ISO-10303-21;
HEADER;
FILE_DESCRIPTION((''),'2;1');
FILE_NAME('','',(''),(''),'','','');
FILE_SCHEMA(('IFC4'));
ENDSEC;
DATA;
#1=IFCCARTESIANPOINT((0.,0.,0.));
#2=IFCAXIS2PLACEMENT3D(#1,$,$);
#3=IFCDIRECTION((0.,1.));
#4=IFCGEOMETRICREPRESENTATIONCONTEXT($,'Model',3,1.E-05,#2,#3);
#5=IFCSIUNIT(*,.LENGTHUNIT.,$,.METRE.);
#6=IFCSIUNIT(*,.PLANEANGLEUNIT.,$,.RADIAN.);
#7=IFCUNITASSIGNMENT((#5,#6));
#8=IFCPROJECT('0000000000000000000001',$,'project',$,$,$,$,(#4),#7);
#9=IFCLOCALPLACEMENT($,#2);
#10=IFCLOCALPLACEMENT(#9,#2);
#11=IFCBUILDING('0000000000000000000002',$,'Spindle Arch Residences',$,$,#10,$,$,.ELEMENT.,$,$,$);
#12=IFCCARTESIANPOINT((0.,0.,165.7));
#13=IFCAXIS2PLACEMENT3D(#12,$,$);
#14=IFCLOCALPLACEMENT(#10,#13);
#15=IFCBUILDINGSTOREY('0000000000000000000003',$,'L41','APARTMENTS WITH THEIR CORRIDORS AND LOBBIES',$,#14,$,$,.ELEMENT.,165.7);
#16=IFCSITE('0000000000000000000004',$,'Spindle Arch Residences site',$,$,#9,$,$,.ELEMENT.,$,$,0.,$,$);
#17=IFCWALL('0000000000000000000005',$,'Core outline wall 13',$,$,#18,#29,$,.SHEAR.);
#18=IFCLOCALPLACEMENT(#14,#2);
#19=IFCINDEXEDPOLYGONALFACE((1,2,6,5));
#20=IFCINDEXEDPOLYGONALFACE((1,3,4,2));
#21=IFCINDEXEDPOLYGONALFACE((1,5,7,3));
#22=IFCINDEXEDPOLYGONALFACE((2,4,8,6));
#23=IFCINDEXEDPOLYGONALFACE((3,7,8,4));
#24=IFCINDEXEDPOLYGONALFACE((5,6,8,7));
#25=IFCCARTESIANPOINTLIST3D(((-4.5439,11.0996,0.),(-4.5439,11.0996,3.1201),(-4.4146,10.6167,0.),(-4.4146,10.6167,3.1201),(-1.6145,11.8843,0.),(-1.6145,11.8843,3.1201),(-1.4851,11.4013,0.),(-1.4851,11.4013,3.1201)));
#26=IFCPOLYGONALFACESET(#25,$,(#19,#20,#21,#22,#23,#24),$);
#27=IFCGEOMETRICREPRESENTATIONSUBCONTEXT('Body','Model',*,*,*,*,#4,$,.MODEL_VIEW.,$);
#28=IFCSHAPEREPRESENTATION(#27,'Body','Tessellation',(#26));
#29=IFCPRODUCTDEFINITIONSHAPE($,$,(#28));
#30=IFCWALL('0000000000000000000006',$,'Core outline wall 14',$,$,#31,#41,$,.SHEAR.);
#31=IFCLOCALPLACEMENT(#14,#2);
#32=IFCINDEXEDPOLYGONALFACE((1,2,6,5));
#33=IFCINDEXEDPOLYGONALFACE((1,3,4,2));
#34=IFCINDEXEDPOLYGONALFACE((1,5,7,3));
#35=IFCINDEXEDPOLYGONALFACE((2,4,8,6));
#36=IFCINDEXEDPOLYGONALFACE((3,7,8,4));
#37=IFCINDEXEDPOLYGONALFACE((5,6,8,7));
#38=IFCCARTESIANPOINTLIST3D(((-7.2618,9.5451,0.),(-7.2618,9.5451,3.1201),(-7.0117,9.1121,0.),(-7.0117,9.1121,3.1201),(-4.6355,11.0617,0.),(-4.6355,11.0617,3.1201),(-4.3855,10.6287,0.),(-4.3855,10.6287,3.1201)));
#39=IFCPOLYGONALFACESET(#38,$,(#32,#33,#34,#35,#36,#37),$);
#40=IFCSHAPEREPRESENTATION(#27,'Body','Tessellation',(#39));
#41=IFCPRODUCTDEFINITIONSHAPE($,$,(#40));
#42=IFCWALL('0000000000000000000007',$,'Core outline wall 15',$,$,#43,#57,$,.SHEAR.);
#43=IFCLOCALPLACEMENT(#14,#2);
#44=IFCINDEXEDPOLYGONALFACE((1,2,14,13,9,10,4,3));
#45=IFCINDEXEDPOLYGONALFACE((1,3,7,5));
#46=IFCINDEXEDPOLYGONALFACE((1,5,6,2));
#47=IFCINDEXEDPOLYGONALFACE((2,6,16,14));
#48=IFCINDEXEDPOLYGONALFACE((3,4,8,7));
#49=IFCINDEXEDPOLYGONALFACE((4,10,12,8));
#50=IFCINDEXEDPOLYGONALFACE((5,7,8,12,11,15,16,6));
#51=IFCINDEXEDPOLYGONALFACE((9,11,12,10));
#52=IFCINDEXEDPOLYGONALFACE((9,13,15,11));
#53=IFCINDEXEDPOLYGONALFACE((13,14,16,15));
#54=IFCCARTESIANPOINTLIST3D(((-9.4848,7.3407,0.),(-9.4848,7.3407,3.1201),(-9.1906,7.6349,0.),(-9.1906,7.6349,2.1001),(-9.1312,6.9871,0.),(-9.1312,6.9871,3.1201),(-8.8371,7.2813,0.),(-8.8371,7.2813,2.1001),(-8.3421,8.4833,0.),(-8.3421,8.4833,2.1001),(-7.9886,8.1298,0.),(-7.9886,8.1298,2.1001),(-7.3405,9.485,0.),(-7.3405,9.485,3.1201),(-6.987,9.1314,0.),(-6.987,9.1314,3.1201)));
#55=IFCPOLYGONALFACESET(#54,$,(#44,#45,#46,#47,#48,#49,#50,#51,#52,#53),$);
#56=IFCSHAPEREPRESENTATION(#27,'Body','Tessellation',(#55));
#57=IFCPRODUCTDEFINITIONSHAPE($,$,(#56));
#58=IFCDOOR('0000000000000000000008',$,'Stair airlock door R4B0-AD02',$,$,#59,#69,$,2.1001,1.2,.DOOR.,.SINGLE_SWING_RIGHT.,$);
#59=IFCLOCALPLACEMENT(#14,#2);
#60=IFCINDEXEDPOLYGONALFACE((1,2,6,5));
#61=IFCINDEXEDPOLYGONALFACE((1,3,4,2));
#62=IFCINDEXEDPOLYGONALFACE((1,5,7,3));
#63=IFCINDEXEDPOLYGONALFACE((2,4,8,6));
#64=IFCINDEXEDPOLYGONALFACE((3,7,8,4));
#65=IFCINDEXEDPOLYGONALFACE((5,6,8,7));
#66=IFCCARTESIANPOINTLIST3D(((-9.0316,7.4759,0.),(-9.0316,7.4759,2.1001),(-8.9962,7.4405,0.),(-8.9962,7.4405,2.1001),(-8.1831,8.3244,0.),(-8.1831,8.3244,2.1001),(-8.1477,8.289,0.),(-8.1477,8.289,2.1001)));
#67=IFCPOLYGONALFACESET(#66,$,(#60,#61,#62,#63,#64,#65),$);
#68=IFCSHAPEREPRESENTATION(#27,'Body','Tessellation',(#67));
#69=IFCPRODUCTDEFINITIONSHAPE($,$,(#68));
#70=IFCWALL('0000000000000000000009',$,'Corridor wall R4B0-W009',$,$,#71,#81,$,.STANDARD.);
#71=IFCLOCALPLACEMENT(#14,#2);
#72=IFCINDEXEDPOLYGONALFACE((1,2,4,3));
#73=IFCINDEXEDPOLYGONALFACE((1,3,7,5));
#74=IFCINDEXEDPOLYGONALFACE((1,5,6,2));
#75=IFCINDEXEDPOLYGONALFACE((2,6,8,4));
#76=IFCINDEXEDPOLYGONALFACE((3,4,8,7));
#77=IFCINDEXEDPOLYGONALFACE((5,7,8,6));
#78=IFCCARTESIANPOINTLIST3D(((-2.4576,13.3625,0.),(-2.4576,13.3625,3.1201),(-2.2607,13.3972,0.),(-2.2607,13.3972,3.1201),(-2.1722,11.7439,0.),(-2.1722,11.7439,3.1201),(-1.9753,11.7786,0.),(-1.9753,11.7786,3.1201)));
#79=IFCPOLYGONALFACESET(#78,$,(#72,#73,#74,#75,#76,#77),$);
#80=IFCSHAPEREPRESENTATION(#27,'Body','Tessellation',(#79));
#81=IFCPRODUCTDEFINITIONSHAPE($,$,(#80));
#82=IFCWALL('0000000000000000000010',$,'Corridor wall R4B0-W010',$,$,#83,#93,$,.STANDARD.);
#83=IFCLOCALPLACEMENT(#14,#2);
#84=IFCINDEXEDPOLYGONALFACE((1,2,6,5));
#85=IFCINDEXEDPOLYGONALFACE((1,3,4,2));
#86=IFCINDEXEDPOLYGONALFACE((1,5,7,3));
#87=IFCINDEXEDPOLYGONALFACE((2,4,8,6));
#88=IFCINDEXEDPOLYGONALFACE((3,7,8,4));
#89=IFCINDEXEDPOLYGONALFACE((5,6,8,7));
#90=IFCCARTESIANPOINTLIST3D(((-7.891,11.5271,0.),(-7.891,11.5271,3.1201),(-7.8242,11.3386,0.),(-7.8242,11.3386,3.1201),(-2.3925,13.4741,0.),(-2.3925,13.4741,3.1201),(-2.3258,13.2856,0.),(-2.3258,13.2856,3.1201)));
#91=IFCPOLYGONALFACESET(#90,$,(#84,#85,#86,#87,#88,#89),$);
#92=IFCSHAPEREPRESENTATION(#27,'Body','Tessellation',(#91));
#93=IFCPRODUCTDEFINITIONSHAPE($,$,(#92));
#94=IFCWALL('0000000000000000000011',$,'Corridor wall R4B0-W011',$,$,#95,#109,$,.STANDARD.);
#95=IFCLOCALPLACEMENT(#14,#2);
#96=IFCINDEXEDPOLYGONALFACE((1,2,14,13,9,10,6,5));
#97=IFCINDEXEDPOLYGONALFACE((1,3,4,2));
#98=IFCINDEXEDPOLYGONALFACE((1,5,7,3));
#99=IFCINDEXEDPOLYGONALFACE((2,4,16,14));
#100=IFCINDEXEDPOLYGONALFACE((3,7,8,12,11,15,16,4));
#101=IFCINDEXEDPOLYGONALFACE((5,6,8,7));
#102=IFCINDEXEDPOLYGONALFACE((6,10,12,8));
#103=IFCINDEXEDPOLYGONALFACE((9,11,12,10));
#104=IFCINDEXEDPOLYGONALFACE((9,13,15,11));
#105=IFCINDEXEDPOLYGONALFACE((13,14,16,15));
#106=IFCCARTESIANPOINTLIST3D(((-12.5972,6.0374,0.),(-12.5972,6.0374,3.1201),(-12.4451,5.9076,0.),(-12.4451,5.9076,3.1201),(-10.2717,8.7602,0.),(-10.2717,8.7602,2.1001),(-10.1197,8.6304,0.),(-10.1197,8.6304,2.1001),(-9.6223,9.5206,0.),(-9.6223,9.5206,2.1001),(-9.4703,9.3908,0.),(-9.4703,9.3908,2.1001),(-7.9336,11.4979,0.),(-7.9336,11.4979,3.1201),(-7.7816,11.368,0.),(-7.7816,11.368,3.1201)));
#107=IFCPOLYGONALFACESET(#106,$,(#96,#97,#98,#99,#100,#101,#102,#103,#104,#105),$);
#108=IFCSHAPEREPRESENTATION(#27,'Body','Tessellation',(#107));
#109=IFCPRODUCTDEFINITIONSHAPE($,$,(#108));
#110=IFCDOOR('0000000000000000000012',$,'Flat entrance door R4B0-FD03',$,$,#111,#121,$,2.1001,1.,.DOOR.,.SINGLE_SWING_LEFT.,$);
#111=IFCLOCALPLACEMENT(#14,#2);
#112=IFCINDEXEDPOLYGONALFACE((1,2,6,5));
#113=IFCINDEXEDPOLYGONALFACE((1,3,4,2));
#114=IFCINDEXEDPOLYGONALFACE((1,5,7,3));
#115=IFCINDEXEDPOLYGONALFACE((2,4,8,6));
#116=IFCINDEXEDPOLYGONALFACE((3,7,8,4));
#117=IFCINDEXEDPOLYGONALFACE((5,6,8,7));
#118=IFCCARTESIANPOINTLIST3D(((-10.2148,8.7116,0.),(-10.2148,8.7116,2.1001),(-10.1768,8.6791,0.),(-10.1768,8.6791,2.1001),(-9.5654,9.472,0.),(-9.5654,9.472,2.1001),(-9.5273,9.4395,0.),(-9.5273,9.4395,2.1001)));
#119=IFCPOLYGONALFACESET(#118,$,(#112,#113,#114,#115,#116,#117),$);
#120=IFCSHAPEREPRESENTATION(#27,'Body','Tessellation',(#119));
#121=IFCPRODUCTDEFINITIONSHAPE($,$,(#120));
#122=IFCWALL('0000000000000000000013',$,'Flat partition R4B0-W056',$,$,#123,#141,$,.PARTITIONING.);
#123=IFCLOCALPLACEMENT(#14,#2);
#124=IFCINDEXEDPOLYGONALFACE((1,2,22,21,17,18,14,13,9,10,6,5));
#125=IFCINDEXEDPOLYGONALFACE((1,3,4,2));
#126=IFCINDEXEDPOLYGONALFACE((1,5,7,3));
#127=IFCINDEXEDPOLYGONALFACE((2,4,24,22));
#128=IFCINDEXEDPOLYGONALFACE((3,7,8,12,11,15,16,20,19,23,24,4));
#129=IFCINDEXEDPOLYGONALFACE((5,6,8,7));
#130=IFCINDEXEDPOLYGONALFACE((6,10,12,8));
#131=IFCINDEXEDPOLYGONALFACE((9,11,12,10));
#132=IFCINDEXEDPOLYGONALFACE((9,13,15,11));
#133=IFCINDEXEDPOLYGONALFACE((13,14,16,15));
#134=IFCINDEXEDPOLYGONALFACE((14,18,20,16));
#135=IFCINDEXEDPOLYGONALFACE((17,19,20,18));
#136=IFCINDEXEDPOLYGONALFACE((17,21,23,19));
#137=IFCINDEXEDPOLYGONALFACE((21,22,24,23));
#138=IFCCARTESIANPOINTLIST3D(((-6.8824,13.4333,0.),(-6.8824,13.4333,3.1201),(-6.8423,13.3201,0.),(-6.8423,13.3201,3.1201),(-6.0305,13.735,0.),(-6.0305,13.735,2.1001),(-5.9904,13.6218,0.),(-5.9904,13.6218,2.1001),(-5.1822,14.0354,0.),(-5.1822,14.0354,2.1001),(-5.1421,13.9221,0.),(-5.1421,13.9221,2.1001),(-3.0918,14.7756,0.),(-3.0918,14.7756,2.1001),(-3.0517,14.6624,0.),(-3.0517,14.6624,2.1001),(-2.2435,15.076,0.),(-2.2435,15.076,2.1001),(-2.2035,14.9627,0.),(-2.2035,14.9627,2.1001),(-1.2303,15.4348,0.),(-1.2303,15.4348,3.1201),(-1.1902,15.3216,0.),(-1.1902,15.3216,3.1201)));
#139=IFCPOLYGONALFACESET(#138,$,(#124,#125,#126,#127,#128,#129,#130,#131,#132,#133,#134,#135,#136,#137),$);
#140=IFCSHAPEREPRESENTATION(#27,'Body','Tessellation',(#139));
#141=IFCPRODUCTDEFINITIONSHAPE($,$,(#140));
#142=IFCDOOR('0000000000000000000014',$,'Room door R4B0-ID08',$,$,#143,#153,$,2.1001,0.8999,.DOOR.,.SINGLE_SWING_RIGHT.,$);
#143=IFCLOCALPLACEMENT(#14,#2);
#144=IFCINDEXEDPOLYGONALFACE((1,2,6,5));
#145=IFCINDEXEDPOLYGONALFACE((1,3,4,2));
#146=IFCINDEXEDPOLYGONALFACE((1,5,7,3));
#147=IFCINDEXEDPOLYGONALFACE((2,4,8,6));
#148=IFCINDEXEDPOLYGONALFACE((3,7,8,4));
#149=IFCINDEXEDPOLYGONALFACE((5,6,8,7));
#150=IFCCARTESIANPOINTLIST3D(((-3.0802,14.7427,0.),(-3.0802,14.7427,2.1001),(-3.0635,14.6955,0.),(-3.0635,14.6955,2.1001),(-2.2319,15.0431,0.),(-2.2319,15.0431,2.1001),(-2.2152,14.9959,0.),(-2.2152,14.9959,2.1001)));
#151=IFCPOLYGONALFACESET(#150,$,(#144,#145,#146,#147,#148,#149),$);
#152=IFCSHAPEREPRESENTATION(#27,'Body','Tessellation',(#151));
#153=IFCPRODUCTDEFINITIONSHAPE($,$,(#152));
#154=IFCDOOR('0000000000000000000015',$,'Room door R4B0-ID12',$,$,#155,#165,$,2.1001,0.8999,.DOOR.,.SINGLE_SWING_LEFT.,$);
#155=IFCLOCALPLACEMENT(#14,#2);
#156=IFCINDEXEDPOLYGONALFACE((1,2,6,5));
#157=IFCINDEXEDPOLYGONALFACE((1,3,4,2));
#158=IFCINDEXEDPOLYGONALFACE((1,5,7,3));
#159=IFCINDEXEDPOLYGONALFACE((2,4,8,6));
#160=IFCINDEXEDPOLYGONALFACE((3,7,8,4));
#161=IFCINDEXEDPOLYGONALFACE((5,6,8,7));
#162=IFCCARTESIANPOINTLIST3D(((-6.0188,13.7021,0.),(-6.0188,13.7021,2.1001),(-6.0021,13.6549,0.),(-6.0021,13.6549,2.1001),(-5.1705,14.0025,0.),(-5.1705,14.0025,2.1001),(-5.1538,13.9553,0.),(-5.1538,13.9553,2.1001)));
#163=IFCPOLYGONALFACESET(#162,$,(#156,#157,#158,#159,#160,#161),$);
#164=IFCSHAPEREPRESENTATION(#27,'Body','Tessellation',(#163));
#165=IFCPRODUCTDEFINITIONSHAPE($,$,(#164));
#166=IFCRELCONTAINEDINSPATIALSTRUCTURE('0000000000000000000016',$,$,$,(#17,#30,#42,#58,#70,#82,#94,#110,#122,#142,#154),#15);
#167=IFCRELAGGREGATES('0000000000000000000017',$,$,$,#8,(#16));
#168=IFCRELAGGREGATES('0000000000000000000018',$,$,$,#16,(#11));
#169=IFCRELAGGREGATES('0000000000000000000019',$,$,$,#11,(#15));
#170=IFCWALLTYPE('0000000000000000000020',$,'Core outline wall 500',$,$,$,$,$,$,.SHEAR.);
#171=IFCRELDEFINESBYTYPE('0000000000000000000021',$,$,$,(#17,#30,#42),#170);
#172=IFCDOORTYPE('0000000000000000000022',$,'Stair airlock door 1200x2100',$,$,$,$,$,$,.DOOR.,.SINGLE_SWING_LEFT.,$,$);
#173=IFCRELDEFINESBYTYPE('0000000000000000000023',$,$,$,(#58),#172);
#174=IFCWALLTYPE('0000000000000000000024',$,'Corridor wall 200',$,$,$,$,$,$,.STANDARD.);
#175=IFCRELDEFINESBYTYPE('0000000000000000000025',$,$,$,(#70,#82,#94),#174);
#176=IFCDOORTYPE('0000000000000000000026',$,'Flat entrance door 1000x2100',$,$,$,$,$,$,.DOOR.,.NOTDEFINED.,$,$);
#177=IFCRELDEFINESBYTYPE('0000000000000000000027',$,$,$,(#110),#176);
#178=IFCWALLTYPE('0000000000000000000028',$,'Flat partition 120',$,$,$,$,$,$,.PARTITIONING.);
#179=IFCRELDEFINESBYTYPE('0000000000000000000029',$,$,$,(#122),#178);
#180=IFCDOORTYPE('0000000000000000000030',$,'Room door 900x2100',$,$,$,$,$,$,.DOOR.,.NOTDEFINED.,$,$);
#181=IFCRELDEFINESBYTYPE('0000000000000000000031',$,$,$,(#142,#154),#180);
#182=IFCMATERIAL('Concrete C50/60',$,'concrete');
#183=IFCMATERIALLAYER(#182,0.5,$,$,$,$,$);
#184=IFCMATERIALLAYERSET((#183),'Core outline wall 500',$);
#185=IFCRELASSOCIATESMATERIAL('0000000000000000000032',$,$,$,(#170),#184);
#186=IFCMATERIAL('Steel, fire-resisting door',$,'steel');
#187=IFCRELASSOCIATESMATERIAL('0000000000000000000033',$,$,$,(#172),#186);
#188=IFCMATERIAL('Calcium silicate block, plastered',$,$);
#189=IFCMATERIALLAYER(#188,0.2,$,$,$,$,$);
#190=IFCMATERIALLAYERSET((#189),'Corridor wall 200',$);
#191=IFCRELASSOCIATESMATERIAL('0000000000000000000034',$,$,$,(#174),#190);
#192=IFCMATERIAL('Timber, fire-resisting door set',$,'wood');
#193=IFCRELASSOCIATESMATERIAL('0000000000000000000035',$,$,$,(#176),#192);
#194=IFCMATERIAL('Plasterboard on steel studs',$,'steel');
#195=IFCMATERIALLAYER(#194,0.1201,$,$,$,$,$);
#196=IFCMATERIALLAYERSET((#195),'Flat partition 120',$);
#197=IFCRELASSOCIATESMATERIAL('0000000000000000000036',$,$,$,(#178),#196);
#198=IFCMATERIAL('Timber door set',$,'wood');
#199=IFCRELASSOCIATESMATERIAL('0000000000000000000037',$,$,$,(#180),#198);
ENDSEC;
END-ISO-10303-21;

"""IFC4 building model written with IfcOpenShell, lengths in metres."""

from ifc_helpers import new_model, si_unit, direction, frame, frame_2d, origin, place, context, subcontext, project, spatial, rectangle, extrude, material, layer, layer_set, type_object, element, fill, save


model = new_model("IFC4")

# Units and contexts
model_context = context("Model", 3, precision=1e-05, world=origin(), true_north=direction((0.0, 1.0)))
body_context = subcontext(model_context, "Body", "Model", "MODEL_VIEW")
ifc_project = project(units=[si_unit("LENGTHUNIT", "METRE"), si_unit("PLANEANGLEUNIT", "RADIAN")], contexts=[model_context])

# Site, building, storey
site_placement = place(None, origin())
site = spatial("IfcSite", under=ifc_project, at=site_placement, Name="Spindle Arch Residences site", CompositionType="ELEMENT", RefElevation=0.0)
building_placement = place(site_placement, origin())
building = spatial("IfcBuilding", under=site, at=building_placement, Name="Spindle Arch Residences", CompositionType="ELEMENT")
storey_placement = place(building_placement, frame((0.0, 0.0, 165.7)))
storey = spatial("IfcBuildingStorey", under=building, at=storey_placement, Name="L41", Description="APARTMENTS WITH THEIR CORRIDORS AND LOBBIES", CompositionType="ELEMENT", Elevation=165.7)

# Walls
ifc_material_1 = material(Name="Concrete C50/60", Category="concrete")
ifc_layer_1 = layer(ifc_material_1, 0.5)
ifc_layer_set_1 = layer_set([ifc_layer_1], Name="Core outline wall 500")
wall_type_1 = type_object("IfcWallType", Name="Core outline wall 500", PredefinedType="SHEAR", material=ifc_layer_set_1)
for number, where, z_axis, x_axis, name in (
    (1, (-1.5498, 11.6428, 0.0), (0.0, 0.0, 1.0), (-0.965948, -0.258735, 0.0), "Core outline wall 13"),
    (2, (-4.5105, 10.8452, 0.0), (0.0, 0.0, 1.0), (-0.865975, -0.500087, 0.0), "Core outline wall 14"),
):
    element("IfcWall", number, at=place(storey_placement, frame(where, z_axis=z_axis, x_axis=x_axis)), inside=storey, type_object=wall_type_1, Name=name, PredefinedType="SHEAR", context=body_context, shape_type="SweptSolid", body=[
        extrude(rectangle(XDim=3.0327, YDim=0.5, at=frame_2d((1.5164, 0.0))), origin(), (0.0, 0.0, 1.0), 3.1201),
    ])

# Wall, opening, door
wall_1_placement = place(storey_placement, frame((-7.1638, 9.3081, 0.0), z_axis=(0.0, 0.0, 1.0), x_axis=(-0.707107, -0.707107, 0.0)))
wall_1 = element("IfcWall", 3, at=wall_1_placement, inside=storey, type_object=wall_type_1, Name="Core outline wall 15", PredefinedType="SHEAR", context=body_context, shape_type="SweptSolid", body=[
    extrude(rectangle(XDim=3.0325, YDim=0.5, at=frame_2d((1.5161, 0.0))), origin(), (0.0, 0.0, 1.0), 3.1201),
])
opening_1_placement = place(wall_1_placement, frame((1.4163, 0.0, 0.0)))
opening_1 = element("IfcOpeningElement", 4, at=opening_1_placement, cuts=wall_1, PredefinedType="OPENING", context=body_context, shape_type="SweptSolid", body=[
    extrude(rectangle(XDim=1.2, YDim=2.1001, at=frame_2d((0.6001, 1.05))), frame((0.0, 0.26, 0.0), z_axis=(0.0, -1.0, 0.0), x_axis=(1.0, 0.0, 0.0)), (0.0, 0.0, 1.0), 0.52),
])
ifc_material_2 = material(Name="Steel, fire-resisting door", Category="steel")
door_type_1 = type_object("IfcDoorType", Name="Stair airlock door 1200x2100", OperationType="SINGLE_SWING_LEFT", PredefinedType="DOOR", material=ifc_material_2)
door_1_placement = place(opening_1_placement, origin())
door_1 = element("IfcDoor", 5, at=door_1_placement, inside=storey, type_object=door_type_1, Name="Stair airlock door R4B0-AD02", OperationType="SINGLE_SWING_RIGHT", OverallHeight=2.1001, OverallWidth=1.2, PredefinedType="DOOR", context=body_context, shape_type="SweptSolid", body=[
    extrude(rectangle(XDim=1.2, YDim=2.1001, at=frame_2d((0.6001, 1.05))), frame((0.0, 0.0249, 0.0), z_axis=(0.0, -1.0, 0.0), x_axis=(1.0, 0.0, 0.0)), (0.0, 0.0, 1.0), 0.05),
])
fill(opening_1, door_1)

# Walls
ifc_material_3 = material(Name="Calcium silicate block, plastered")
ifc_layer_2 = layer(ifc_material_3, 0.2)
ifc_layer_set_2 = layer_set([ifc_layer_2], Name="Corridor wall 200")
wall_type_2 = type_object("IfcWallType", Name="Corridor wall 200", PredefinedType="STANDARD", material=ifc_layer_set_2)
wall_2_placement = place(storey_placement, frame((-2.0737, 11.7612, 0.0), z_axis=(0.0, 0.0, 1.0), x_axis=(-0.173641, 0.984809, 0.0)))
element("IfcWall", 6, at=wall_2_placement, inside=storey, type_object=wall_type_2, Name="Corridor wall R4B0-W009", PredefinedType="STANDARD", context=body_context, shape_type="SweptSolid", body=[
    extrude(rectangle(XDim=1.6436, YDim=0.2, at=frame_2d((0.8218, 0.0))), origin(), (0.0, 0.0, 1.0), 3.1201),
])
wall_3_placement = place(storey_placement, frame((-2.3591, 13.3799, 0.0), z_axis=(0.0, 0.0, 1.0), x_axis=(-0.942648, -0.33379, 0.0)))
element("IfcWall", 7, at=wall_3_placement, inside=storey, type_object=wall_type_2, Name="Corridor wall R4B0-W010", PredefinedType="STANDARD", context=body_context, shape_type="SweptSolid", body=[
    extrude(rectangle(XDim=5.833, YDim=0.2, at=frame_2d((2.9165, 0.0))), origin(), (0.0, 0.0, 1.0), 3.1201),
])

# Wall, opening, door
wall_4_placement = place(storey_placement, frame((-7.8577, 11.4329, 0.0), z_axis=(0.0, 0.0, 1.0), x_axis=(-0.649441, -0.760412, 0.0)))
wall_4 = element("IfcWall", 8, at=wall_4_placement, inside=storey, type_object=wall_type_2, Name="Corridor wall R4B0-W011", PredefinedType="STANDARD", context=body_context, shape_type="SweptSolid", body=[
    extrude(rectangle(XDim=7.1809, YDim=0.2, at=frame_2d((3.5903, 0.0))), origin(), (0.0, 0.0, 1.0), 3.1201),
])
opening_2_placement = place(wall_4_placement, frame((2.6001, 0.0, 0.0)))
opening_2 = element("IfcOpeningElement", 9, at=opening_2_placement, cuts=wall_4, PredefinedType="OPENING", context=body_context, shape_type="SweptSolid", body=[
    extrude(rectangle(XDim=1.0, YDim=2.1001, at=frame_2d((0.5, 1.05))), frame((0.0, 0.1099, 0.0), z_axis=(0.0, -1.0, 0.0), x_axis=(1.0, 0.0, 0.0)), (0.0, 0.0, 1.0), 0.22),
])
ifc_material_4 = material(Name="Timber, fire-resisting door set", Category="wood")
door_type_2 = type_object("IfcDoorType", Name="Flat entrance door 1000x2100", OperationType="NOTDEFINED", PredefinedType="DOOR", material=ifc_material_4)
door_2_placement = place(opening_2_placement, origin())
door_2 = element("IfcDoor", 10, at=door_2_placement, inside=storey, type_object=door_type_2, Name="Flat entrance door R4B0-FD03", OperationType="SINGLE_SWING_LEFT", OverallHeight=2.1001, OverallWidth=1.0, PredefinedType="DOOR", context=body_context, shape_type="SweptSolid", body=[
    extrude(rectangle(XDim=1.0, YDim=2.1001, at=frame_2d((0.5, 1.05))), frame((0.0, 0.0249, 0.0), z_axis=(0.0, -1.0, 0.0), x_axis=(1.0, 0.0, 0.0)), (0.0, 0.0, 1.0), 0.05),
])
fill(opening_2, door_2)

# Wall, openings, doors
ifc_material_5 = material(Name="Plasterboard on steel studs", Category="steel")
ifc_layer_3 = layer(ifc_material_5, 0.1201)
ifc_layer_set_3 = layer_set([ifc_layer_3], Name="Flat partition 120")
wall_type_3 = type_object("IfcWallType", Name="Flat partition 120", PredefinedType="PARTITIONING", material=ifc_layer_set_3)
wall_5_placement = place(storey_placement, frame((-1.2102, 15.3782, 0.0), z_axis=(0.0, 0.0, 1.0), x_axis=(-0.942644, -0.3338, 0.0)))
wall_5 = element("IfcWall", 11, at=wall_5_placement, inside=storey, type_object=wall_type_3, Name="Flat partition R4B0-W056", PredefinedType="PARTITIONING", context=body_context, shape_type="SweptSolid", body=[
    extrude(rectangle(XDim=5.9961, YDim=0.1201, at=frame_2d((2.998, 0.0))), origin(), (0.0, 0.0, 1.0), 3.1201),
])
opening_3_placement = place(wall_5_placement, frame((1.075, 0.0, 0.0)))
opening_3 = element("IfcOpeningElement", 12, at=opening_3_placement, cuts=wall_5, PredefinedType="OPENING", context=body_context, shape_type="SweptSolid", body=[
    extrude(rectangle(XDim=0.8999, YDim=2.1001, at=frame_2d((0.45, 1.05))), frame((0.0, 0.0701, 0.0), z_axis=(0.0, -1.0, 0.0), x_axis=(1.0, 0.0, 0.0)), (0.0, 0.0, 1.0), 0.1401),
])
opening_4_placement = place(wall_5_placement, frame((4.1924, 0.0, 0.0)))
opening_4 = element("IfcOpeningElement", 13, at=opening_4_placement, cuts=wall_5, PredefinedType="OPENING", context=body_context, shape_type="SweptSolid", body=[
    extrude(rectangle(XDim=0.8999, YDim=2.1001, at=frame_2d((0.45, 1.05))), frame((0.0, 0.0701, 0.0), z_axis=(0.0, -1.0, 0.0), x_axis=(1.0, 0.0, 0.0)), (0.0, 0.0, 1.0), 0.1401),
])
ifc_material_6 = material(Name="Timber door set", Category="wood")
door_type_3 = type_object("IfcDoorType", Name="Room door 900x2100", OperationType="NOTDEFINED", PredefinedType="DOOR", material=ifc_material_6)
door_3_placement = place(opening_3_placement, origin())
door_3 = element("IfcDoor", 14, at=door_3_placement, inside=storey, type_object=door_type_3, Name="Room door R4B0-ID08", OperationType="SINGLE_SWING_RIGHT", OverallHeight=2.1001, OverallWidth=0.8999, PredefinedType="DOOR", context=body_context, shape_type="SweptSolid", body=[
    extrude(rectangle(XDim=0.8999, YDim=2.1001, at=frame_2d((0.45, 1.05))), frame((0.0, 0.0249, 0.0), z_axis=(0.0, -1.0, 0.0), x_axis=(1.0, 0.0, 0.0)), (0.0, 0.0, 1.0), 0.05),
])
fill(opening_3, door_3)
door_4_placement = place(opening_4_placement, origin())
door_4 = element("IfcDoor", 15, at=door_4_placement, inside=storey, type_object=door_type_3, Name="Room door R4B0-ID12", OperationType="SINGLE_SWING_LEFT", OverallHeight=2.1001, OverallWidth=0.8999, PredefinedType="DOOR", context=body_context, shape_type="SweptSolid", body=[
    extrude(rectangle(XDim=0.8999, YDim=2.1001, at=frame_2d((0.45, 1.05))), frame((0.0, 0.0249, 0.0), z_axis=(0.0, -1.0, 0.0), x_axis=(1.0, 0.0, 0.0)), (0.0, 0.0, 1.0), 0.05),
])
fill(opening_4, door_4)

save(model, "model.ifc")
